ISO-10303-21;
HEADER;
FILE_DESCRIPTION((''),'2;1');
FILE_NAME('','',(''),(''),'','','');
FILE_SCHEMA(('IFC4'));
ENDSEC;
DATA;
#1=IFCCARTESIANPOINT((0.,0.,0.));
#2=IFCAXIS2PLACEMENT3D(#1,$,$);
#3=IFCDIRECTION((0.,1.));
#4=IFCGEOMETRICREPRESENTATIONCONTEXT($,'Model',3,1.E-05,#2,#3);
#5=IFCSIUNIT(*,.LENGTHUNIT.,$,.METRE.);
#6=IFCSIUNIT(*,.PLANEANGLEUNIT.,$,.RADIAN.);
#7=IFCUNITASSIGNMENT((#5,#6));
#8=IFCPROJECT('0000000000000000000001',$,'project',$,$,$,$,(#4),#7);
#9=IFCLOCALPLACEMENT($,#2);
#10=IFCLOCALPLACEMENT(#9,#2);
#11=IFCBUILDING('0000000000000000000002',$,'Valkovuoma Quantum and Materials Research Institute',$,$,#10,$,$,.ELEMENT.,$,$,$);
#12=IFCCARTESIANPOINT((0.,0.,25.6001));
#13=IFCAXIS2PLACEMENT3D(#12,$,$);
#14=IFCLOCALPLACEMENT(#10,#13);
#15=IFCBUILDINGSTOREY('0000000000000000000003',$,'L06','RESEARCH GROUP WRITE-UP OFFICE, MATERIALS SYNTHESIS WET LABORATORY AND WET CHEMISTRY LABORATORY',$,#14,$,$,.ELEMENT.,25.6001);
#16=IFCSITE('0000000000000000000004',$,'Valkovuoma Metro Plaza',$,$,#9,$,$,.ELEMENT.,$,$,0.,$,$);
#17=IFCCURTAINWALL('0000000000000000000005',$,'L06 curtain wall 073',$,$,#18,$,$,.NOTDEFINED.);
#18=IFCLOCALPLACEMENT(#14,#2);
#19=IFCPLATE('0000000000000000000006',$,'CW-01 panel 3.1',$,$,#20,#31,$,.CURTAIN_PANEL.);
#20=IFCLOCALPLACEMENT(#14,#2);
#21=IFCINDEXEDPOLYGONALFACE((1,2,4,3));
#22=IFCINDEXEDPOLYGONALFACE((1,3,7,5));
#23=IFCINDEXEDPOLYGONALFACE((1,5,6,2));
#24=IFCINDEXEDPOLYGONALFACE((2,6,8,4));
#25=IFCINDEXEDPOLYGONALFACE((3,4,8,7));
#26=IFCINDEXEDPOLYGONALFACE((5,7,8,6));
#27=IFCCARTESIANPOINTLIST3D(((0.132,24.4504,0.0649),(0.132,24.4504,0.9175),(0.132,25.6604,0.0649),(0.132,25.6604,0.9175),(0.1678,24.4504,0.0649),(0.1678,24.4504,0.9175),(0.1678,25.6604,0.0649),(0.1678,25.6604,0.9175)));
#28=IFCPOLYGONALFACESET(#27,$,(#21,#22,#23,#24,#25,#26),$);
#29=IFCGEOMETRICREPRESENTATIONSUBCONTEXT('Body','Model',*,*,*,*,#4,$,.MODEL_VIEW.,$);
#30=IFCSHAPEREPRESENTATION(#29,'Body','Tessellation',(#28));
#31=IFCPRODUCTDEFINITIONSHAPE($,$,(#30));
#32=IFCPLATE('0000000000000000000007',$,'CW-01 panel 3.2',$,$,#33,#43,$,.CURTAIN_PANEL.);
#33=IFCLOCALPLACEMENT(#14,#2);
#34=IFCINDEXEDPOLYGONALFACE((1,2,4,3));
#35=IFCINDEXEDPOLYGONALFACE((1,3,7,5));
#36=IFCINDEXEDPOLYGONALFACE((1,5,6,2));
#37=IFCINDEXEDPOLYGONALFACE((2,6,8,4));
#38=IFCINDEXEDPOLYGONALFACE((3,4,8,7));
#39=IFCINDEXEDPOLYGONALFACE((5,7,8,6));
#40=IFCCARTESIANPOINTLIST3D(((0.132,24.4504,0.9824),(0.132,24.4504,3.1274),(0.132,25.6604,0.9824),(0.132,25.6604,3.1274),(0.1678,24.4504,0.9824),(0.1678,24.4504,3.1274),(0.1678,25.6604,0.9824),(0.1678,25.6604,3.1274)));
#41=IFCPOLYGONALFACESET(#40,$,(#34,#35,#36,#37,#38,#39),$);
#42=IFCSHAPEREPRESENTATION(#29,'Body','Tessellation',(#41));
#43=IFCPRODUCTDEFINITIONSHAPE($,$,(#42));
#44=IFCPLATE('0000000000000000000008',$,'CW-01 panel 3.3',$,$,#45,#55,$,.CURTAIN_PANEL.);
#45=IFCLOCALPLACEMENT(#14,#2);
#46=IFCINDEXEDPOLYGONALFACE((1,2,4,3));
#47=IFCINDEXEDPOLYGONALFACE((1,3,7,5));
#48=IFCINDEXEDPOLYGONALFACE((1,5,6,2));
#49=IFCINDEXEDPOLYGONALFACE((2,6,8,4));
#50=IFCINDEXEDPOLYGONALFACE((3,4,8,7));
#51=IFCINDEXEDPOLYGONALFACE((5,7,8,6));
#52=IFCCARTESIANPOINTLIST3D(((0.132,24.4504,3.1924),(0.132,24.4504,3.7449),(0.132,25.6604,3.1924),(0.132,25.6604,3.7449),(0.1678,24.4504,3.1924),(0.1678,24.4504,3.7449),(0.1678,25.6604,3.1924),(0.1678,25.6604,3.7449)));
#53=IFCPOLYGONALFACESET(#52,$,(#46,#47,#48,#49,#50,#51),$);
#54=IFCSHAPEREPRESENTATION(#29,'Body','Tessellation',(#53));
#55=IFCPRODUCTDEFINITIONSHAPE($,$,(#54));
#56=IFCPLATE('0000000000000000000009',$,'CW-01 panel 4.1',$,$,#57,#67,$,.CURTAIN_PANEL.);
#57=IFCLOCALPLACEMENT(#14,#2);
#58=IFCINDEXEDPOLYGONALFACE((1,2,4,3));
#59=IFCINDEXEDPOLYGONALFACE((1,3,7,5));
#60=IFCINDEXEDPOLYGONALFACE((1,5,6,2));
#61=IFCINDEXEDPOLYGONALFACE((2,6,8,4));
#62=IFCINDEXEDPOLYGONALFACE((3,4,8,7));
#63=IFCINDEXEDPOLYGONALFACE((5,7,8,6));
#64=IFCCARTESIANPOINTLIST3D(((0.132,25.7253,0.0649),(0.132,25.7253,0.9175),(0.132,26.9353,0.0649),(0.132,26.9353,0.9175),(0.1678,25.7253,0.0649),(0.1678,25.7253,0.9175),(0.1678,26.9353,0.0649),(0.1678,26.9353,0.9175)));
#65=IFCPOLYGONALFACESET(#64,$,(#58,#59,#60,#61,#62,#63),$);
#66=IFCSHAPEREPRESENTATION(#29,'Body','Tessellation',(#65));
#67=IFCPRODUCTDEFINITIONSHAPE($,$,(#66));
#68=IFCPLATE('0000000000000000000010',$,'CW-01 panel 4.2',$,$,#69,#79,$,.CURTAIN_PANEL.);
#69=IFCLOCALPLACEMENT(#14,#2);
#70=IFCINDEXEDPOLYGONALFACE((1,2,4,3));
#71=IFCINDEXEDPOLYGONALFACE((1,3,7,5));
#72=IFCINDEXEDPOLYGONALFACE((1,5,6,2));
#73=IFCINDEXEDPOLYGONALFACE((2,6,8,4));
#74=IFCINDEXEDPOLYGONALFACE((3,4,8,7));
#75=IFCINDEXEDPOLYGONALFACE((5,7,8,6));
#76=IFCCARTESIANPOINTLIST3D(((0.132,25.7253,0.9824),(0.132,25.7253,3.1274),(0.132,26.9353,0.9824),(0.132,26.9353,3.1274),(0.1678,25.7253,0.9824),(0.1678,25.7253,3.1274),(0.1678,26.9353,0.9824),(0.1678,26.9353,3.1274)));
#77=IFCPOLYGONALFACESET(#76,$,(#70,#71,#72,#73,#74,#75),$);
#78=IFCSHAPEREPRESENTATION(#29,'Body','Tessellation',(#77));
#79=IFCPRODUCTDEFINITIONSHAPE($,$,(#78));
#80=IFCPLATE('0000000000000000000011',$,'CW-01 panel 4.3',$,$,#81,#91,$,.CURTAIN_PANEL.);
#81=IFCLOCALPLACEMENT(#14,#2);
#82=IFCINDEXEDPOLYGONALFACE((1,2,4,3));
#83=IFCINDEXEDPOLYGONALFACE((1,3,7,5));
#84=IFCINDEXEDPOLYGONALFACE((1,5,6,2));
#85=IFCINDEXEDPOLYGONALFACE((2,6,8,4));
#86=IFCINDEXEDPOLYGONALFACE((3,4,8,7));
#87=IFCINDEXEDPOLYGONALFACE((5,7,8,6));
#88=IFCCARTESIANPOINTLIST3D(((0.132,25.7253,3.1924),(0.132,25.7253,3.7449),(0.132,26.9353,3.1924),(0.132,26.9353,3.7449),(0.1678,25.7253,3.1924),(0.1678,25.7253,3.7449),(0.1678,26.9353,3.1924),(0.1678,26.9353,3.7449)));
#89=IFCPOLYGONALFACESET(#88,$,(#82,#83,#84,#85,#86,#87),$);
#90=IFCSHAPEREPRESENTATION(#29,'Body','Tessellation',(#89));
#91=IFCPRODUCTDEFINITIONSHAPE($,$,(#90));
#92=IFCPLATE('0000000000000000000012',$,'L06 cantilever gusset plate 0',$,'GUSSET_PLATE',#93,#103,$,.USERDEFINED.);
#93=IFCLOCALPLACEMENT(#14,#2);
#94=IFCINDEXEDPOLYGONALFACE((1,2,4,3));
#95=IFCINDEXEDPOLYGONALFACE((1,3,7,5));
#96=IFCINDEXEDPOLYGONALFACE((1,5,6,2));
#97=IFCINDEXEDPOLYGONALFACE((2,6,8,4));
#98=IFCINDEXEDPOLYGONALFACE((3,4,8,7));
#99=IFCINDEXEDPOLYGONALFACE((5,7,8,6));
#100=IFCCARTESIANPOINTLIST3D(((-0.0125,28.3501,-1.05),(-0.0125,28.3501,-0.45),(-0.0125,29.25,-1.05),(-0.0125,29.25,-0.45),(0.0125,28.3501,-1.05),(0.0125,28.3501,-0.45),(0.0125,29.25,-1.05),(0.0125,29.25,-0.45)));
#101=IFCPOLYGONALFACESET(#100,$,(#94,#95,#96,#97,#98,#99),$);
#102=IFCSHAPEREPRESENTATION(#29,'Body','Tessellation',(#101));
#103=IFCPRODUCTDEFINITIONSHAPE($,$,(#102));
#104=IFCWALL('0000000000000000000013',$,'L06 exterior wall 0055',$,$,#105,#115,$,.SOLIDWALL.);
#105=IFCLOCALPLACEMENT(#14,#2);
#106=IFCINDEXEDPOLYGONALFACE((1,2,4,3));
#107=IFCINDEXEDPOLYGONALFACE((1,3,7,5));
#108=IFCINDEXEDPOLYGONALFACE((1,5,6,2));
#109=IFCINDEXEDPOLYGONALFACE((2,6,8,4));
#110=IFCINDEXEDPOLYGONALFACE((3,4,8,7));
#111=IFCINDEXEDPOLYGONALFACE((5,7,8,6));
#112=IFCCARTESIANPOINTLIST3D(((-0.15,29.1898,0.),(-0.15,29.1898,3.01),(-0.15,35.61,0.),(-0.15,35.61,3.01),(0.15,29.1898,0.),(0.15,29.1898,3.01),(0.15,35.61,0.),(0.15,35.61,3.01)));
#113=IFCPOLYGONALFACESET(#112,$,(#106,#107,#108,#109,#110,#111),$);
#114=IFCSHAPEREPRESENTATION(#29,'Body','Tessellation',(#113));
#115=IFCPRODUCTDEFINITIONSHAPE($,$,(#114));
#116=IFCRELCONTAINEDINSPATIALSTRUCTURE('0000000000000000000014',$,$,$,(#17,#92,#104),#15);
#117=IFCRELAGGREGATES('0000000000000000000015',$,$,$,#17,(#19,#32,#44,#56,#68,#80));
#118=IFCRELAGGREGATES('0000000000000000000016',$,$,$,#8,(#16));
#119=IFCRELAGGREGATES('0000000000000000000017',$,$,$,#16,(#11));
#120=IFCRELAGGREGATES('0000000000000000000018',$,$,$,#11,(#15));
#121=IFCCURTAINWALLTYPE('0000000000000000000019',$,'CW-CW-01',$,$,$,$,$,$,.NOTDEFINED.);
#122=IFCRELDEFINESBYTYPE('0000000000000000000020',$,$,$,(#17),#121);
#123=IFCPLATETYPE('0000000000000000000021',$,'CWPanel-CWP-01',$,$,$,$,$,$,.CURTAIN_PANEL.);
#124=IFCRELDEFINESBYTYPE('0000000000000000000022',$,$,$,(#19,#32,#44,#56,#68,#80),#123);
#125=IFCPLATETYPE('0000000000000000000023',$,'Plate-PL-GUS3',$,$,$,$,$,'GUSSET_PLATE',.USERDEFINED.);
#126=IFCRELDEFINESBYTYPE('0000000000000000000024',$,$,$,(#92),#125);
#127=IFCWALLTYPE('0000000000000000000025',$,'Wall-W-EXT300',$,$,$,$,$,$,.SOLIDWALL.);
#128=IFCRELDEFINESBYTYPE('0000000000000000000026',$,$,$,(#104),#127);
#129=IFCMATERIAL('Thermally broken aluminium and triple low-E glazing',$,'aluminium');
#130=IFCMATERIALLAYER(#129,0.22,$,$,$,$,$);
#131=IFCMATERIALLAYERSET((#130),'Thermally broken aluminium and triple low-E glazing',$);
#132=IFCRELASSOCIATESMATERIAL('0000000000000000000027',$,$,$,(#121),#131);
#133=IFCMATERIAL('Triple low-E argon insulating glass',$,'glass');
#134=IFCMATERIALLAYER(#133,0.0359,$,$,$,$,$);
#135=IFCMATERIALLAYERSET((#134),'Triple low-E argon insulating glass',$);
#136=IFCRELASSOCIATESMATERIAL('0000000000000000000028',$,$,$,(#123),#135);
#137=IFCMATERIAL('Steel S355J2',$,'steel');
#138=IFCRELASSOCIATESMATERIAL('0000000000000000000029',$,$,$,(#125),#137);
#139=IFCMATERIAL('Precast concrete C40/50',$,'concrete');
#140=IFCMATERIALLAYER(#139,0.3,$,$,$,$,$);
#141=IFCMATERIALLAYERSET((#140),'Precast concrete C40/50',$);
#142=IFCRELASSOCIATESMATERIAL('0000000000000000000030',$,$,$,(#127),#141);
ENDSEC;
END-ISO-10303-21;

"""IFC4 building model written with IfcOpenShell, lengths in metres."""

from ifc_helpers import new_model, si_unit, direction, frame, frame_2d, origin, origin_2d, place, context, subcontext, project, spatial, rectangle, extrude, material, layer, layer_set, type_object, element, aggregate, save


model = new_model("IFC4")

# Units and contexts
model_context = context("Model", 3, precision=1e-05, world=origin(), true_north=direction((0.0, 1.0)))
body_context = subcontext(model_context, "Body", "Model", "MODEL_VIEW")
ifc_project = project(units=[si_unit("LENGTHUNIT", "METRE"), si_unit("PLANEANGLEUNIT", "RADIAN")], contexts=[model_context])

# Site, building, storey
site_placement = place(None, origin())
site = spatial("IfcSite", under=ifc_project, at=site_placement, Name="Valkovuoma Metro Plaza", CompositionType="ELEMENT", RefElevation=0.0)
building_placement = place(site_placement, origin())
building = spatial("IfcBuilding", under=site, at=building_placement, Name="Valkovuoma Quantum and Materials Research Institute", CompositionType="ELEMENT")
storey_placement = place(building_placement, frame((0.0, 0.0, 25.6001)))
storey = spatial("IfcBuildingStorey", under=building, at=storey_placement, Name="L06", Description="RESEARCH GROUP WRITE-UP OFFICE, MATERIALS SYNTHESIS WET LABORATORY AND WET CHEMISTRY LABORATORY", CompositionType="ELEMENT", Elevation=25.6001)

# Curtain wall
ifc_material_1 = material(Name="Thermally broken aluminium and triple low-E glazing", Category="aluminium")
ifc_layer_1 = layer(ifc_material_1, 0.22)
ifc_layer_set_1 = layer_set([ifc_layer_1], Name="Thermally broken aluminium and triple low-E glazing")
curtain_wall_type = type_object("IfcCurtainWallType", Name="CW-CW-01", PredefinedType="NOTDEFINED", material=ifc_layer_set_1)
curtain_wall_placement = place(storey_placement, origin())
curtain_wall = element("IfcCurtainWall", 1, at=curtain_wall_placement, inside=storey, type_object=curtain_wall_type, Name="L06 curtain wall 073", PredefinedType="NOTDEFINED")

# Plates
ifc_material_2 = material(Name="Triple low-E argon insulating glass", Category="glass")
ifc_layer_2 = layer(ifc_material_2, 0.0359)
ifc_layer_set_2 = layer_set([ifc_layer_2], Name="Triple low-E argon insulating glass")
plate_type_1 = type_object("IfcPlateType", Name="CWPanel-CWP-01", PredefinedType="CURTAIN_PANEL", material=ifc_layer_set_2)
plate_1_placement = place(storey_placement, frame((0.1499, 25.0554, 0.0649), z_axis=(0.0, 0.0, 1.0), x_axis=(0.0, 1.0, 0.0)))
plate_1 = element("IfcPlate", 2, at=plate_1_placement, type_object=plate_type_1, Name="CW-01 panel 3.1", PredefinedType="CURTAIN_PANEL", context=body_context, shape_type="SweptSolid", body=[
    extrude(rectangle(XDim=1.21, YDim=0.0359, at=origin_2d()), origin(), (0.0, 0.0, 1.0), 0.8525),
])
plate_2_placement = place(storey_placement, frame((0.1499, 25.0554, 0.9824), z_axis=(0.0, 0.0, 1.0), x_axis=(0.0, 1.0, 0.0)))
plate_2 = element("IfcPlate", 3, at=plate_2_placement, type_object=plate_type_1, Name="CW-01 panel 3.2", PredefinedType="CURTAIN_PANEL", context=body_context, shape_type="SweptSolid", body=[
    extrude(rectangle(XDim=1.21, YDim=0.0359, at=origin_2d()), origin(), (0.0, 0.0, 1.0), 2.145),
])
plate_3_placement = place(storey_placement, frame((0.1499, 25.0554, 3.1924), z_axis=(0.0, 0.0, 1.0), x_axis=(0.0, 1.0, 0.0)))
plate_3 = element("IfcPlate", 4, at=plate_3_placement, type_object=plate_type_1, Name="CW-01 panel 3.3", PredefinedType="CURTAIN_PANEL", context=body_context, shape_type="SweptSolid", body=[
    extrude(rectangle(XDim=1.21, YDim=0.0359, at=origin_2d()), origin(), (0.0, 0.0, 1.0), 0.5525),
])
plate_4_placement = place(storey_placement, frame((0.1499, 26.3303, 0.0649), z_axis=(0.0, 0.0, 1.0), x_axis=(0.0, 1.0, 0.0)))
plate_4 = element("IfcPlate", 5, at=plate_4_placement, type_object=plate_type_1, Name="CW-01 panel 4.1", PredefinedType="CURTAIN_PANEL", context=body_context, shape_type="SweptSolid", body=[
    extrude(rectangle(XDim=1.21, YDim=0.0359, at=origin_2d()), origin(), (0.0, 0.0, 1.0), 0.8525),
])
plate_5_placement = place(storey_placement, frame((0.1499, 26.3303, 0.9824), z_axis=(0.0, 0.0, 1.0), x_axis=(0.0, 1.0, 0.0)))
plate_5 = element("IfcPlate", 6, at=plate_5_placement, type_object=plate_type_1, Name="CW-01 panel 4.2", PredefinedType="CURTAIN_PANEL", context=body_context, shape_type="SweptSolid", body=[
    extrude(rectangle(XDim=1.21, YDim=0.0359, at=origin_2d()), origin(), (0.0, 0.0, 1.0), 2.145),
])
plate_6_placement = place(storey_placement, frame((0.1499, 26.3303, 3.1924), z_axis=(0.0, 0.0, 1.0), x_axis=(0.0, 1.0, 0.0)))
plate_6 = element("IfcPlate", 7, at=plate_6_placement, type_object=plate_type_1, Name="CW-01 panel 4.3", PredefinedType="CURTAIN_PANEL", context=body_context, shape_type="SweptSolid", body=[
    extrude(rectangle(XDim=1.21, YDim=0.0359, at=origin_2d()), origin(), (0.0, 0.0, 1.0), 0.5525),
])
aggregate(curtain_wall, [plate_1, plate_2, plate_3, plate_4, plate_5, plate_6])
ifc_material_3 = material(Name="Steel S355J2", Category="steel")
plate_type_2 = type_object("IfcPlateType", Name="Plate-PL-GUS3", ElementType="GUSSET_PLATE", PredefinedType="USERDEFINED", material=ifc_material_3)
plate_7_placement = place(storey_placement, frame((0.0, 28.8, -1.05), z_axis=(0.0, 0.0, 1.0), x_axis=(0.0, 1.0, 0.0)))
element("IfcPlate", 8, at=plate_7_placement, inside=storey, type_object=plate_type_2, Name="L06 cantilever gusset plate 0", ObjectType="GUSSET_PLATE", PredefinedType="USERDEFINED", context=body_context, shape_type="SweptSolid", body=[
    extrude(rectangle(XDim=0.8999, YDim=0.0249, at=origin_2d()), origin(), (0.0, 0.0, 1.0), 0.6001),
])

# Wall
ifc_material_4 = material(Name="Precast concrete C40/50", Category="concrete")
ifc_layer_3 = layer(ifc_material_4, 0.3)
ifc_layer_set_3 = layer_set([ifc_layer_3], Name="Precast concrete C40/50")
wall_type = type_object("IfcWallType", Name="Wall-W-EXT300", PredefinedType="SOLIDWALL", material=ifc_layer_set_3)
wall_placement = place(storey_placement, frame((0.0, 29.1899, 0.0), z_axis=(0.0, 0.0, 1.0), x_axis=(0.0, 1.0, 0.0)))
element("IfcWall", 9, at=wall_placement, inside=storey, type_object=wall_type, Name="L06 exterior wall 0055", PredefinedType="SOLIDWALL", context=body_context, shape_type="SweptSolid", body=[
    extrude(rectangle(XDim=6.4202, YDim=0.3, at=frame_2d((3.21, 0.0))), origin(), (0.0, 0.0, 1.0), 3.01),
])

save(model, "model.ifc")
